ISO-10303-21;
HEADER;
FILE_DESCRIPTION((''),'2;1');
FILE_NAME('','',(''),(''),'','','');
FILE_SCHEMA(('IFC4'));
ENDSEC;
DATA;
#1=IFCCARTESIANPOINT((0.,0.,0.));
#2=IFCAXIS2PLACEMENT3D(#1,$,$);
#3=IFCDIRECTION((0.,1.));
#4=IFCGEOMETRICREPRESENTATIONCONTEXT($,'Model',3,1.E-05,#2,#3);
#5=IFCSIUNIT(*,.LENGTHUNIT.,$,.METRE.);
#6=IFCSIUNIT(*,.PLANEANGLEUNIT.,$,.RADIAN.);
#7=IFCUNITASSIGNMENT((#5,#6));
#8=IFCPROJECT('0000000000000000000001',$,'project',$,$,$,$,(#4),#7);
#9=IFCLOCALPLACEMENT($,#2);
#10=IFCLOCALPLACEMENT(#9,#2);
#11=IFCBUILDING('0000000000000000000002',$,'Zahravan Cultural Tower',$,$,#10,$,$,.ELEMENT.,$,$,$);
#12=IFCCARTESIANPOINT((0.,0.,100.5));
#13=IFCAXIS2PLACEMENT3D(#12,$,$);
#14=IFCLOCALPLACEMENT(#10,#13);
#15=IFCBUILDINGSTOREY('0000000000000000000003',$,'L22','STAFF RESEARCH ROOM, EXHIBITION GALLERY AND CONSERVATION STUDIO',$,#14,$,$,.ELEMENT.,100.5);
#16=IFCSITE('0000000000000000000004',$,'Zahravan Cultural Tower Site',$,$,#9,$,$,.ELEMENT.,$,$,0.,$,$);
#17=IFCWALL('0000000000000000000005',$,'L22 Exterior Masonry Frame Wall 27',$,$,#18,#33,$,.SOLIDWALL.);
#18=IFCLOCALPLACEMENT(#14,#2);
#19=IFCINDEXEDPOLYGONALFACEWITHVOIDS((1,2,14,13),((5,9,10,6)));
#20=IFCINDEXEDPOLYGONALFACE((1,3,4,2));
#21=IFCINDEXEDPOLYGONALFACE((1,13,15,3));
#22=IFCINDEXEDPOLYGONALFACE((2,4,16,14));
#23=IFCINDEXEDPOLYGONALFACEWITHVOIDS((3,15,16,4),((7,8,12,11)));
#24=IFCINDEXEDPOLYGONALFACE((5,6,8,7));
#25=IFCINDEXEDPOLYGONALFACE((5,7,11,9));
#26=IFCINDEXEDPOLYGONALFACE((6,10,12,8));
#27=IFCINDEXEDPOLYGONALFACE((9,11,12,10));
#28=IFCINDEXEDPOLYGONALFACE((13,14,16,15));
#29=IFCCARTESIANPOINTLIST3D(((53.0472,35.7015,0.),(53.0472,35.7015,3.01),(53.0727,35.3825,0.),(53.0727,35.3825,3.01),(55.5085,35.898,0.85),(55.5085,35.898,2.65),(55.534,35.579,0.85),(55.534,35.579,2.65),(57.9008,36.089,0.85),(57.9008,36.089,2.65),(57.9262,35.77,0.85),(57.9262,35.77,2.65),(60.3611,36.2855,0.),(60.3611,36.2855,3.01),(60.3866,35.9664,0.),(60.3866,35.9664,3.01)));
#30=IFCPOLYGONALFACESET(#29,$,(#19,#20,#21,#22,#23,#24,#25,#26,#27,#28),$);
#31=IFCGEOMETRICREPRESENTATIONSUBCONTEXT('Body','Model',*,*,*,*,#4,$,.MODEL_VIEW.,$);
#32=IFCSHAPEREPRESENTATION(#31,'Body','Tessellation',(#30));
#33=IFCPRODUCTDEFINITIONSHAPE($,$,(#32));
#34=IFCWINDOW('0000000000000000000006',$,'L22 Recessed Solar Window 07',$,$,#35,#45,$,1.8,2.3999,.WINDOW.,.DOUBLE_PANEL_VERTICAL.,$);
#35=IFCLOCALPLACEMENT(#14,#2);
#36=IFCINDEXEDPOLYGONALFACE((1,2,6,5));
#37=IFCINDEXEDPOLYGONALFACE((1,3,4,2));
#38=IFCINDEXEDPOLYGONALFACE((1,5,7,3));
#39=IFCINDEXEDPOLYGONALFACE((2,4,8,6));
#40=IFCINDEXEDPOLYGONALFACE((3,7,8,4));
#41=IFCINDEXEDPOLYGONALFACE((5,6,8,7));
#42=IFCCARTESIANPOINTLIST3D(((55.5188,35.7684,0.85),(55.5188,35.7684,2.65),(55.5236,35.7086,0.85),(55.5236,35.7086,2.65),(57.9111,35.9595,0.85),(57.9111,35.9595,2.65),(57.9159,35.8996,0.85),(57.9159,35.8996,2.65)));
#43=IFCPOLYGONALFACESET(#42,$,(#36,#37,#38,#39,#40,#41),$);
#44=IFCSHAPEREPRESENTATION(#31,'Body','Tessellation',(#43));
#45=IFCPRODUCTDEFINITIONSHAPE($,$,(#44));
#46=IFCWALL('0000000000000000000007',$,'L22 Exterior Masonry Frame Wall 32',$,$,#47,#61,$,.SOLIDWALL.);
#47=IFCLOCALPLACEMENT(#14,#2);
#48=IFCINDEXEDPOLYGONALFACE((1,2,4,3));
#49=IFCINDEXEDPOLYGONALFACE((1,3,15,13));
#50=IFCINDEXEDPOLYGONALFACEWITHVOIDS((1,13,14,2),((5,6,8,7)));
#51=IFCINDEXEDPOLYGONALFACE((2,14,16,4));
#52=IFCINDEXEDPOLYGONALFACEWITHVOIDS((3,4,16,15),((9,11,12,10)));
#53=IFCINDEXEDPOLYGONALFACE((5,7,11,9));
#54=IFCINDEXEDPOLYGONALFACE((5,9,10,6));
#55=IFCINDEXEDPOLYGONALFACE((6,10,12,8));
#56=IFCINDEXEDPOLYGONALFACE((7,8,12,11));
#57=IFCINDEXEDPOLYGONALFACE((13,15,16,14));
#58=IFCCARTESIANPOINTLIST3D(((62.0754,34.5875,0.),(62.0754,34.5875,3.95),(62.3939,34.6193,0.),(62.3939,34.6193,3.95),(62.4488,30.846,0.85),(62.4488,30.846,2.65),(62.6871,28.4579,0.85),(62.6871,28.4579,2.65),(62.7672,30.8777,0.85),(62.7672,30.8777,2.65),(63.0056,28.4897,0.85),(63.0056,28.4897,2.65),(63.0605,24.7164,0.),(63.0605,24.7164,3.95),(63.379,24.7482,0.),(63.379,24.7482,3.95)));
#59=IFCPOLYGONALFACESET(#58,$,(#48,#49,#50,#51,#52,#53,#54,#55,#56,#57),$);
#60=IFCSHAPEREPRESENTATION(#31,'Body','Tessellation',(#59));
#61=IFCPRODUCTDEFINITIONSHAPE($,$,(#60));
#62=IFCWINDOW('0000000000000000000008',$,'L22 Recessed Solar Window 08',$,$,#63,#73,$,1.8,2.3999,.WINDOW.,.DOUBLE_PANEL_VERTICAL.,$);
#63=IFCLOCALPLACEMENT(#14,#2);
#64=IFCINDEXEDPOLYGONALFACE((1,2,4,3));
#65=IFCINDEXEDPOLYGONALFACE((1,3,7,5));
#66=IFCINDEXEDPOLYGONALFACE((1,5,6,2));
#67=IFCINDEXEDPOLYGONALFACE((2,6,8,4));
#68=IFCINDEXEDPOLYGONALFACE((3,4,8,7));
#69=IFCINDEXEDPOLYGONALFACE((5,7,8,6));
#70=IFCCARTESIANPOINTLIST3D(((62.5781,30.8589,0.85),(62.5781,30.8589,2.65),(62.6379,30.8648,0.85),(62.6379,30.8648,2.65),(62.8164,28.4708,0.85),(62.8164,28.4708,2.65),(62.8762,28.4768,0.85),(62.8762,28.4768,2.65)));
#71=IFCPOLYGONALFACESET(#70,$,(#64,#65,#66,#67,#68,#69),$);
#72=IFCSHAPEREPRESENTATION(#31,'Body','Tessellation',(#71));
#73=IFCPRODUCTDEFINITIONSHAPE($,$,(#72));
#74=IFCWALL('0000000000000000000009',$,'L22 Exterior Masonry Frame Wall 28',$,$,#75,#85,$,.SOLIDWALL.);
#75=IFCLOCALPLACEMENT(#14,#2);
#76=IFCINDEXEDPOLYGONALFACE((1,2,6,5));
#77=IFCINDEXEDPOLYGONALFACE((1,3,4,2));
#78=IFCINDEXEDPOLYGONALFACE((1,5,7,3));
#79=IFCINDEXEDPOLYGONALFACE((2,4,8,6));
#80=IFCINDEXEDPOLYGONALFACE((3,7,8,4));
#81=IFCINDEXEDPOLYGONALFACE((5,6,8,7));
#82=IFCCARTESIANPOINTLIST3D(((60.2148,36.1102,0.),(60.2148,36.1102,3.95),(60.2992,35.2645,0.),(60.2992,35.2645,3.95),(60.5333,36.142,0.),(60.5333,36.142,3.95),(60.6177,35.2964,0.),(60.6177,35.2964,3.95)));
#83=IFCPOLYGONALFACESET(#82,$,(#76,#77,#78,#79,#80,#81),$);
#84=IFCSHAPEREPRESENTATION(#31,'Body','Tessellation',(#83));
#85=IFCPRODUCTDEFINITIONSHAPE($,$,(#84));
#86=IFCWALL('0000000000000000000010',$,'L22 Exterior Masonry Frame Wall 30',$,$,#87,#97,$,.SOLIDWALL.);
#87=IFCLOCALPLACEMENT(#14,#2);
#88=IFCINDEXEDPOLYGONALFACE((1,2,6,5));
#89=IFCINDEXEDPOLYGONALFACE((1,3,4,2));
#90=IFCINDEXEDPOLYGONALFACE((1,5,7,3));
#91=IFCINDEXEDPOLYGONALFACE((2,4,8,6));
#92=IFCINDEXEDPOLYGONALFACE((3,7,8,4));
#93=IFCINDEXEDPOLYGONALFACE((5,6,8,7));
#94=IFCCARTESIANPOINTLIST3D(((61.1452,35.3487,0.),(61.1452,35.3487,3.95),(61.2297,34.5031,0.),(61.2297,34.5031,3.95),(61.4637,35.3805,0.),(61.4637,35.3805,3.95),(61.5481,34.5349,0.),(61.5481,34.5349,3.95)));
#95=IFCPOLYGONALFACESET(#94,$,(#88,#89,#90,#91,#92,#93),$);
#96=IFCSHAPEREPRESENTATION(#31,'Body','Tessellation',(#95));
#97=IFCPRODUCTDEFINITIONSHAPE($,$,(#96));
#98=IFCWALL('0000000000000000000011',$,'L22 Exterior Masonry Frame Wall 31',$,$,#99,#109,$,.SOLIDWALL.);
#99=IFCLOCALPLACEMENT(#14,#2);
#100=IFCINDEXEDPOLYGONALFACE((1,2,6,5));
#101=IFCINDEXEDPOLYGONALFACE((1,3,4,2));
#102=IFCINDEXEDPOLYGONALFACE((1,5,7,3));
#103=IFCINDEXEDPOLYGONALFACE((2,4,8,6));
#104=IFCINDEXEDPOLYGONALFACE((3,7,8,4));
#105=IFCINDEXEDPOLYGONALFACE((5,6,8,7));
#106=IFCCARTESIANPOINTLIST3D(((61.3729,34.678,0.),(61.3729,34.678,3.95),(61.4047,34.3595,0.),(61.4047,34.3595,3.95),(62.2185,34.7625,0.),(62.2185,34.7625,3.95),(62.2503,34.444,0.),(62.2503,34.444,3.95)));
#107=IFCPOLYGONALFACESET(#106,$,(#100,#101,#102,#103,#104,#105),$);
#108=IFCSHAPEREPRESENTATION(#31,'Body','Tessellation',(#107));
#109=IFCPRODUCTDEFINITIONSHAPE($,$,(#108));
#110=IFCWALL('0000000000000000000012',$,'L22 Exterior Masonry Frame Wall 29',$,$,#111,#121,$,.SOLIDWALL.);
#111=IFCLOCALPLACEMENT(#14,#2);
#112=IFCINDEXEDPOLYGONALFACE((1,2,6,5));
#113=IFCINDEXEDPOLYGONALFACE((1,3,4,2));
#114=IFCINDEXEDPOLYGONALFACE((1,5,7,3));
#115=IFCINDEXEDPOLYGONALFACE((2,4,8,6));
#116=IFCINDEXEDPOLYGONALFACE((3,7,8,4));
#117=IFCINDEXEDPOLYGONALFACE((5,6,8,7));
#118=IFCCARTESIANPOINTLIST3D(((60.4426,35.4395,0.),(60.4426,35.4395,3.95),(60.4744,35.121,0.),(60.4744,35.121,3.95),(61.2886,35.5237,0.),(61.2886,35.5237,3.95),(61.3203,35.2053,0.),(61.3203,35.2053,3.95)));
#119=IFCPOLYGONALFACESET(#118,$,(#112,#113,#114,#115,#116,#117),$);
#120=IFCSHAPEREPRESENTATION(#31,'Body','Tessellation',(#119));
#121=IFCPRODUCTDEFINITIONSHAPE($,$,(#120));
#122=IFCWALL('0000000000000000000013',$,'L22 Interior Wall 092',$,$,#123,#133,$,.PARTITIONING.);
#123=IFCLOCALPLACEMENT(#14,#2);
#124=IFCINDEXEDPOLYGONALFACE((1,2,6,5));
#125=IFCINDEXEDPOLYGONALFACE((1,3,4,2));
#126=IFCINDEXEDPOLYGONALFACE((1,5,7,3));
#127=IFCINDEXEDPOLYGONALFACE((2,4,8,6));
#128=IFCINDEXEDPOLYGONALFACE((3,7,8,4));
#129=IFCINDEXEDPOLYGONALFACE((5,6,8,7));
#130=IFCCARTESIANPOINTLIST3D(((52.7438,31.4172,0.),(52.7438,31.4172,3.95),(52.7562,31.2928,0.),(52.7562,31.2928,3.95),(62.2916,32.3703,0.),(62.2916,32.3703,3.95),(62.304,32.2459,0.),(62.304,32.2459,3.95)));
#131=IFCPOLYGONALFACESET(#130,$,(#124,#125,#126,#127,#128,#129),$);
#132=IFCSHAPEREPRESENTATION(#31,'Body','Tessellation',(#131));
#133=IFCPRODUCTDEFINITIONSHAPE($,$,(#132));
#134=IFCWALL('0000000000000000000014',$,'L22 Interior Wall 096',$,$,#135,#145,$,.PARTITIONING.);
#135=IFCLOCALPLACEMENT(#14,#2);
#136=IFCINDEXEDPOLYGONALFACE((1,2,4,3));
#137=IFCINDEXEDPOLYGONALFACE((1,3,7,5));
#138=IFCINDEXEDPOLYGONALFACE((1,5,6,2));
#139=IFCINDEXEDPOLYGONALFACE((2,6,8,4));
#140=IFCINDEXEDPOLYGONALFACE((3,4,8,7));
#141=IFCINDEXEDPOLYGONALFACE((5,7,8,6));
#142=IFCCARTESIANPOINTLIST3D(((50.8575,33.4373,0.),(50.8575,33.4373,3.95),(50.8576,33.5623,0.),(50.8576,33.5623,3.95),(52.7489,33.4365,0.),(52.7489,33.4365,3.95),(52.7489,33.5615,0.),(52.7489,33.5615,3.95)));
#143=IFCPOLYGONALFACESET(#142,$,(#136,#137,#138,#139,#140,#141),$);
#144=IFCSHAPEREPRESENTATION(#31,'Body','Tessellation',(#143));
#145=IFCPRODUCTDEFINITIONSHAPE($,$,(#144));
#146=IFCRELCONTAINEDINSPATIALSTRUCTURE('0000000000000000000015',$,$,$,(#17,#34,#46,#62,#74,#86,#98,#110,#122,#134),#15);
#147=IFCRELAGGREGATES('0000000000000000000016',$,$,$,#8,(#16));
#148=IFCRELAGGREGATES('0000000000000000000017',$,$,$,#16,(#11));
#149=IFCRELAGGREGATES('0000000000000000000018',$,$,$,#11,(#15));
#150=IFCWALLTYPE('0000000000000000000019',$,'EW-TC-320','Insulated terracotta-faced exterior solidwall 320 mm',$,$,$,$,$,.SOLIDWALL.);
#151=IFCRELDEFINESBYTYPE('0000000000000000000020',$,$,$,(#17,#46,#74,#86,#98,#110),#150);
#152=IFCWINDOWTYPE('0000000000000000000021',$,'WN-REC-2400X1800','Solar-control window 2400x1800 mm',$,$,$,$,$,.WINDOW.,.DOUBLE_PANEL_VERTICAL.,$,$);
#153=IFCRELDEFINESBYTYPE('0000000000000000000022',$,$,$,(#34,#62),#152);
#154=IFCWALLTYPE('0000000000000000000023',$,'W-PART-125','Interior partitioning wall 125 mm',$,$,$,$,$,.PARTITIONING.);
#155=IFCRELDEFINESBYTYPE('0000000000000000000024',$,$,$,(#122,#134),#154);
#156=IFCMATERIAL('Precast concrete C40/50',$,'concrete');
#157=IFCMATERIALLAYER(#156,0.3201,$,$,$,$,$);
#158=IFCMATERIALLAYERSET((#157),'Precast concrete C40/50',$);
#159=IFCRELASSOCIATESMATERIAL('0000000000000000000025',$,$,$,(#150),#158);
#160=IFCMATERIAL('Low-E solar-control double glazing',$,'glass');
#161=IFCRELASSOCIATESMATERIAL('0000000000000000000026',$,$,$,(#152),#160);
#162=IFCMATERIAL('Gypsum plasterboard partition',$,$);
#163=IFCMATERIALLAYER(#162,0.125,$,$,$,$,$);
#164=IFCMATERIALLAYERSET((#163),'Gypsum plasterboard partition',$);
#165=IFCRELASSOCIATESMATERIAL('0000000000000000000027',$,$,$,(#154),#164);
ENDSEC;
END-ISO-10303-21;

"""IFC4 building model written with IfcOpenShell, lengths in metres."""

from ifc_helpers import new_model, si_unit, direction, frame, frame_2d, origin, place, context, subcontext, project, spatial, rectangle, extrude, source, transform, mapped, material, layer, layer_set, type_object, element, fill, save


model = new_model("IFC4")

# Units and contexts
model_context = context("Model", 3, precision=1e-05, world=origin(), true_north=direction((0.0, 1.0)))
body_context = subcontext(model_context, "Body", "Model", "MODEL_VIEW")
ifc_project = project(units=[si_unit("LENGTHUNIT", "METRE"), si_unit("PLANEANGLEUNIT", "RADIAN")], contexts=[model_context])

# Site, building, storey
site_placement = place(None, origin())
site = spatial("IfcSite", under=ifc_project, at=site_placement, Name="Zahravan Cultural Tower Site", CompositionType="ELEMENT", RefElevation=0.0)
building_placement = place(site_placement, origin())
building = spatial("IfcBuilding", under=site, at=building_placement, Name="Zahravan Cultural Tower", CompositionType="ELEMENT")
storey_placement = place(building_placement, frame((0.0, 0.0, 100.5)))
storey = spatial("IfcBuildingStorey", under=building, at=storey_placement, Name="L22", Description="STAFF RESEARCH ROOM, EXHIBITION GALLERY AND CONSERVATION STUDIO", CompositionType="ELEMENT", Elevation=100.5)

# Walls, openings, windows
ifc_material_1 = material(Name="Precast concrete C40/50", Category="concrete")
ifc_layer_1 = layer(ifc_material_1, 0.3201)
ifc_layer_set_1 = layer_set([ifc_layer_1], Name="Precast concrete C40/50")
wall_type_1 = type_object("IfcWallType", Name="EW-TC-320", Description="Insulated terracotta-faced exterior solidwall 320 mm", PredefinedType="SOLIDWALL", material=ifc_layer_set_1)
ifc_material_2 = material(Name="Low-E solar-control double glazing", Category="glass")
window_type = type_object("IfcWindowType", Name="WN-REC-2400X1800", Description="Solar-control window 2400x1800 mm", PartitioningType="DOUBLE_PANEL_VERTICAL", PredefinedType="WINDOW", material=ifc_material_2)
shared_shape_1 = source(origin(), body_context, "Body", "SweptSolid", [
    extrude(rectangle(XDim=2.3999, YDim=1.8, at=frame_2d((1.2, 0.8999))), frame((0.0, 0.03, 0.0), z_axis=(0.0, -1.0, 0.0), x_axis=(1.0, 0.0, 0.0)), (0.0, 0.0, 1.0), 0.0601),
])
wall_1_placement = place(storey_placement, frame((53.0601, 35.542, 0.0), z_axis=(0.0, 0.0, 1.0), x_axis=(0.996828, 0.079592, 0.0)))
wall_1 = element("IfcWall", 1, at=wall_1_placement, inside=storey, type_object=wall_type_1, Name="L22 Exterior Masonry Frame Wall 27", PredefinedType="SOLIDWALL", context=body_context, shape_type="SweptSolid", body=[
    extrude(rectangle(XDim=7.3372, YDim=0.3201, at=frame_2d((3.6685, 0.0))), origin(), (0.0, 0.0, 1.0), 3.01),
])
opening_1_placement = place(wall_1_placement, frame((2.469, 0.0, 0.8501)))
opening_1 = element("IfcOpeningElement", 2, at=opening_1_placement, cuts=wall_1, PredefinedType="OPENING", context=body_context, shape_type="SweptSolid", body=[
    extrude(rectangle(XDim=2.3999, YDim=1.8, at=frame_2d((1.2, 0.8999))), frame((0.0, 0.1699, 0.0), z_axis=(0.0, -1.0, 0.0), x_axis=(1.0, 0.0, 0.0)), (0.0, 0.0, 1.0), 0.3401),
])
window_1_placement = place(opening_1_placement, origin())
window_1 = element("IfcWindow", 3, at=window_1_placement, inside=storey, type_object=window_type, Name="L22 Recessed Solar Window 07", OverallHeight=1.8, OverallWidth=2.3999, PartitioningType="DOUBLE_PANEL_VERTICAL", PredefinedType="WINDOW", context=body_context, shape_type="MappedRepresentation", body=[
    mapped(shared_shape_1, transform((0.0, 0.0, 0.0), x_axis=(1.0, 0.0, 0.0), y_axis=(0.0, 1.0, 0.0), z_axis=(0.0, 0.0, 1.0), scale=1.0)),
])
fill(opening_1, window_1)
wall_2_placement = place(storey_placement, frame((62.2346, 34.6033, 0.0), z_axis=(0.0, 0.0, 1.0), x_axis=(0.099304, -0.995057, 0.0)))
wall_2 = element("IfcWall", 4, at=wall_2_placement, inside=storey, type_object=wall_type_1, Name="L22 Exterior Masonry Frame Wall 32", PredefinedType="SOLIDWALL", context=body_context, shape_type="SweptSolid", body=[
    extrude(rectangle(XDim=9.9202, YDim=0.3201, at=frame_2d((4.96, 0.0))), origin(), (0.0, 0.0, 1.0), 3.95),
])
opening_2_placement = place(wall_2_placement, frame((3.76, 0.0, 0.8501)))
opening_2 = element("IfcOpeningElement", 5, at=opening_2_placement, cuts=wall_2, PredefinedType="OPENING", context=body_context, shape_type="SweptSolid", body=[
    extrude(rectangle(XDim=2.3999, YDim=1.8, at=frame_2d((1.2, 0.8999))), frame((0.0, 0.1699, 0.0), z_axis=(0.0, -1.0, 0.0), x_axis=(1.0, 0.0, 0.0)), (0.0, 0.0, 1.0), 0.3401),
])
window_2_placement = place(opening_2_placement, origin())
window_2 = element("IfcWindow", 6, at=window_2_placement, inside=storey, type_object=window_type, Name="L22 Recessed Solar Window 08", OverallHeight=1.8, OverallWidth=2.3999, PartitioningType="DOUBLE_PANEL_VERTICAL", PredefinedType="WINDOW", context=body_context, shape_type="MappedRepresentation", body=[
    mapped(shared_shape_1, transform((0.0, 0.0, 0.0), x_axis=(1.0, 0.0, 0.0), y_axis=(0.0, 1.0, 0.0), z_axis=(0.0, 0.0, 1.0), scale=1.0)),
])
fill(opening_2, window_2)

# Shared definitions
ifc_material_3 = material(Name="Gypsum plasterboard partition")
ifc_layer_2 = layer(ifc_material_3, 0.125)
ifc_layer_set_2 = layer_set([ifc_layer_2], Name="Gypsum plasterboard partition")
wall_type_2 = type_object("IfcWallType", Name="W-PART-125", Description="Interior partitioning wall 125 mm", PredefinedType="PARTITIONING", material=ifc_layer_set_2)

# Walls
shared_shape_2 = source(origin(), body_context, "Body", "SweptSolid", [
    extrude(rectangle(XDim=0.8499, YDim=0.3201, at=frame_2d((0.4248, 0.0))), origin(), (0.0, 0.0, 1.0), 3.95),
])
for number, where, z_axis, x_axis, name in (
    (7, (60.374, 36.126, 0.0), (0.0, 0.0, 1.0), (0.09939, -0.995049, 0.0), "L22 Exterior Masonry Frame Wall 28"),
    (8, (61.3044, 35.3645, 0.0), (0.0, 0.0, 1.0), (0.09939, -0.995049, 0.0), "L22 Exterior Masonry Frame Wall 30"),
    (9, (61.3889, 34.5188, 0.0), (0.0, 0.0, 1.0), (0.995049, 0.09939, 0.0), "L22 Exterior Masonry Frame Wall 31"),
):
    element("IfcWall", number, at=place(storey_placement, frame(where, z_axis=z_axis, x_axis=x_axis)), inside=storey, type_object=wall_type_1, Name=name, PredefinedType="SOLIDWALL", context=body_context, shape_type="MappedRepresentation", body=[
        mapped(shared_shape_2, transform((0.0, 0.0, 0.0), x_axis=(1.0, 0.0, 0.0), y_axis=(0.0, 1.0, 0.0), z_axis=(0.0, 0.0, 1.0), scale=1.0)),
    ])
shared_shape_3 = source(origin(), body_context, "Body", "SweptSolid", [
    extrude(rectangle(XDim=0.8501, YDim=0.3201, at=frame_2d((0.425, 0.0))), origin(), (0.0, 0.0, 1.0), 3.95),
])
wall_3_placement = place(storey_placement, frame((60.4585, 35.2803, 0.0), z_axis=(0.0, 0.0, 1.0), x_axis=(0.99508, 0.099077, 0.0)))
element("IfcWall", 10, at=wall_3_placement, inside=storey, type_object=wall_type_1, Name="L22 Exterior Masonry Frame Wall 29", PredefinedType="SOLIDWALL", context=body_context, shape_type="MappedRepresentation", body=[
    mapped(shared_shape_3, transform((0.0, 0.0, 0.0), x_axis=(1.0, 0.0, 0.0), y_axis=(0.0, 1.0, 0.0), z_axis=(0.0, 0.0, 1.0), scale=1.0)),
])
shared_shape_4 = source(origin(), body_context, "Body", "SweptSolid", [
    extrude(rectangle(XDim=9.5952, YDim=0.125, at=frame_2d((4.7976, 0.0))), origin(), (0.0, 0.0, 1.0), 3.95),
])
wall_4_placement = place(storey_placement, frame((52.75, 31.355, 0.0), z_axis=(0.0, 0.0, 1.0), x_axis=(0.995054, 0.099332, 0.0)))
element("IfcWall", 11, at=wall_4_placement, inside=storey, type_object=wall_type_2, Name="L22 Interior Wall 092", PredefinedType="PARTITIONING", context=body_context, shape_type="MappedRepresentation", body=[
    mapped(shared_shape_4, transform((0.0, 0.0, 0.0), x_axis=(1.0, 0.0, 0.0), y_axis=(0.0, 1.0, 0.0), z_axis=(0.0, 0.0, 1.0), scale=1.0)),
])
shared_shape_5 = source(origin(), body_context, "Body", "SweptSolid", [
    extrude(rectangle(XDim=1.8914, YDim=0.125, at=frame_2d((0.9458, 0.0))), origin(), (0.0, 0.0, 1.0), 3.95),
])
wall_5_placement = place(storey_placement, frame((52.749, 33.499, 0.0), z_axis=(0.0, 0.0, 1.0), x_axis=(-1.0, 0.000387, 0.0)))
element("IfcWall", 12, at=wall_5_placement, inside=storey, type_object=wall_type_2, Name="L22 Interior Wall 096", PredefinedType="PARTITIONING", context=body_context, shape_type="MappedRepresentation", body=[
    mapped(shared_shape_5, transform((0.0, 0.0, 0.0), x_axis=(1.0, 0.0, 0.0), y_axis=(0.0, 1.0, 0.0), z_axis=(0.0, 0.0, 1.0), scale=1.0)),
])

save(model, "model.ifc")
